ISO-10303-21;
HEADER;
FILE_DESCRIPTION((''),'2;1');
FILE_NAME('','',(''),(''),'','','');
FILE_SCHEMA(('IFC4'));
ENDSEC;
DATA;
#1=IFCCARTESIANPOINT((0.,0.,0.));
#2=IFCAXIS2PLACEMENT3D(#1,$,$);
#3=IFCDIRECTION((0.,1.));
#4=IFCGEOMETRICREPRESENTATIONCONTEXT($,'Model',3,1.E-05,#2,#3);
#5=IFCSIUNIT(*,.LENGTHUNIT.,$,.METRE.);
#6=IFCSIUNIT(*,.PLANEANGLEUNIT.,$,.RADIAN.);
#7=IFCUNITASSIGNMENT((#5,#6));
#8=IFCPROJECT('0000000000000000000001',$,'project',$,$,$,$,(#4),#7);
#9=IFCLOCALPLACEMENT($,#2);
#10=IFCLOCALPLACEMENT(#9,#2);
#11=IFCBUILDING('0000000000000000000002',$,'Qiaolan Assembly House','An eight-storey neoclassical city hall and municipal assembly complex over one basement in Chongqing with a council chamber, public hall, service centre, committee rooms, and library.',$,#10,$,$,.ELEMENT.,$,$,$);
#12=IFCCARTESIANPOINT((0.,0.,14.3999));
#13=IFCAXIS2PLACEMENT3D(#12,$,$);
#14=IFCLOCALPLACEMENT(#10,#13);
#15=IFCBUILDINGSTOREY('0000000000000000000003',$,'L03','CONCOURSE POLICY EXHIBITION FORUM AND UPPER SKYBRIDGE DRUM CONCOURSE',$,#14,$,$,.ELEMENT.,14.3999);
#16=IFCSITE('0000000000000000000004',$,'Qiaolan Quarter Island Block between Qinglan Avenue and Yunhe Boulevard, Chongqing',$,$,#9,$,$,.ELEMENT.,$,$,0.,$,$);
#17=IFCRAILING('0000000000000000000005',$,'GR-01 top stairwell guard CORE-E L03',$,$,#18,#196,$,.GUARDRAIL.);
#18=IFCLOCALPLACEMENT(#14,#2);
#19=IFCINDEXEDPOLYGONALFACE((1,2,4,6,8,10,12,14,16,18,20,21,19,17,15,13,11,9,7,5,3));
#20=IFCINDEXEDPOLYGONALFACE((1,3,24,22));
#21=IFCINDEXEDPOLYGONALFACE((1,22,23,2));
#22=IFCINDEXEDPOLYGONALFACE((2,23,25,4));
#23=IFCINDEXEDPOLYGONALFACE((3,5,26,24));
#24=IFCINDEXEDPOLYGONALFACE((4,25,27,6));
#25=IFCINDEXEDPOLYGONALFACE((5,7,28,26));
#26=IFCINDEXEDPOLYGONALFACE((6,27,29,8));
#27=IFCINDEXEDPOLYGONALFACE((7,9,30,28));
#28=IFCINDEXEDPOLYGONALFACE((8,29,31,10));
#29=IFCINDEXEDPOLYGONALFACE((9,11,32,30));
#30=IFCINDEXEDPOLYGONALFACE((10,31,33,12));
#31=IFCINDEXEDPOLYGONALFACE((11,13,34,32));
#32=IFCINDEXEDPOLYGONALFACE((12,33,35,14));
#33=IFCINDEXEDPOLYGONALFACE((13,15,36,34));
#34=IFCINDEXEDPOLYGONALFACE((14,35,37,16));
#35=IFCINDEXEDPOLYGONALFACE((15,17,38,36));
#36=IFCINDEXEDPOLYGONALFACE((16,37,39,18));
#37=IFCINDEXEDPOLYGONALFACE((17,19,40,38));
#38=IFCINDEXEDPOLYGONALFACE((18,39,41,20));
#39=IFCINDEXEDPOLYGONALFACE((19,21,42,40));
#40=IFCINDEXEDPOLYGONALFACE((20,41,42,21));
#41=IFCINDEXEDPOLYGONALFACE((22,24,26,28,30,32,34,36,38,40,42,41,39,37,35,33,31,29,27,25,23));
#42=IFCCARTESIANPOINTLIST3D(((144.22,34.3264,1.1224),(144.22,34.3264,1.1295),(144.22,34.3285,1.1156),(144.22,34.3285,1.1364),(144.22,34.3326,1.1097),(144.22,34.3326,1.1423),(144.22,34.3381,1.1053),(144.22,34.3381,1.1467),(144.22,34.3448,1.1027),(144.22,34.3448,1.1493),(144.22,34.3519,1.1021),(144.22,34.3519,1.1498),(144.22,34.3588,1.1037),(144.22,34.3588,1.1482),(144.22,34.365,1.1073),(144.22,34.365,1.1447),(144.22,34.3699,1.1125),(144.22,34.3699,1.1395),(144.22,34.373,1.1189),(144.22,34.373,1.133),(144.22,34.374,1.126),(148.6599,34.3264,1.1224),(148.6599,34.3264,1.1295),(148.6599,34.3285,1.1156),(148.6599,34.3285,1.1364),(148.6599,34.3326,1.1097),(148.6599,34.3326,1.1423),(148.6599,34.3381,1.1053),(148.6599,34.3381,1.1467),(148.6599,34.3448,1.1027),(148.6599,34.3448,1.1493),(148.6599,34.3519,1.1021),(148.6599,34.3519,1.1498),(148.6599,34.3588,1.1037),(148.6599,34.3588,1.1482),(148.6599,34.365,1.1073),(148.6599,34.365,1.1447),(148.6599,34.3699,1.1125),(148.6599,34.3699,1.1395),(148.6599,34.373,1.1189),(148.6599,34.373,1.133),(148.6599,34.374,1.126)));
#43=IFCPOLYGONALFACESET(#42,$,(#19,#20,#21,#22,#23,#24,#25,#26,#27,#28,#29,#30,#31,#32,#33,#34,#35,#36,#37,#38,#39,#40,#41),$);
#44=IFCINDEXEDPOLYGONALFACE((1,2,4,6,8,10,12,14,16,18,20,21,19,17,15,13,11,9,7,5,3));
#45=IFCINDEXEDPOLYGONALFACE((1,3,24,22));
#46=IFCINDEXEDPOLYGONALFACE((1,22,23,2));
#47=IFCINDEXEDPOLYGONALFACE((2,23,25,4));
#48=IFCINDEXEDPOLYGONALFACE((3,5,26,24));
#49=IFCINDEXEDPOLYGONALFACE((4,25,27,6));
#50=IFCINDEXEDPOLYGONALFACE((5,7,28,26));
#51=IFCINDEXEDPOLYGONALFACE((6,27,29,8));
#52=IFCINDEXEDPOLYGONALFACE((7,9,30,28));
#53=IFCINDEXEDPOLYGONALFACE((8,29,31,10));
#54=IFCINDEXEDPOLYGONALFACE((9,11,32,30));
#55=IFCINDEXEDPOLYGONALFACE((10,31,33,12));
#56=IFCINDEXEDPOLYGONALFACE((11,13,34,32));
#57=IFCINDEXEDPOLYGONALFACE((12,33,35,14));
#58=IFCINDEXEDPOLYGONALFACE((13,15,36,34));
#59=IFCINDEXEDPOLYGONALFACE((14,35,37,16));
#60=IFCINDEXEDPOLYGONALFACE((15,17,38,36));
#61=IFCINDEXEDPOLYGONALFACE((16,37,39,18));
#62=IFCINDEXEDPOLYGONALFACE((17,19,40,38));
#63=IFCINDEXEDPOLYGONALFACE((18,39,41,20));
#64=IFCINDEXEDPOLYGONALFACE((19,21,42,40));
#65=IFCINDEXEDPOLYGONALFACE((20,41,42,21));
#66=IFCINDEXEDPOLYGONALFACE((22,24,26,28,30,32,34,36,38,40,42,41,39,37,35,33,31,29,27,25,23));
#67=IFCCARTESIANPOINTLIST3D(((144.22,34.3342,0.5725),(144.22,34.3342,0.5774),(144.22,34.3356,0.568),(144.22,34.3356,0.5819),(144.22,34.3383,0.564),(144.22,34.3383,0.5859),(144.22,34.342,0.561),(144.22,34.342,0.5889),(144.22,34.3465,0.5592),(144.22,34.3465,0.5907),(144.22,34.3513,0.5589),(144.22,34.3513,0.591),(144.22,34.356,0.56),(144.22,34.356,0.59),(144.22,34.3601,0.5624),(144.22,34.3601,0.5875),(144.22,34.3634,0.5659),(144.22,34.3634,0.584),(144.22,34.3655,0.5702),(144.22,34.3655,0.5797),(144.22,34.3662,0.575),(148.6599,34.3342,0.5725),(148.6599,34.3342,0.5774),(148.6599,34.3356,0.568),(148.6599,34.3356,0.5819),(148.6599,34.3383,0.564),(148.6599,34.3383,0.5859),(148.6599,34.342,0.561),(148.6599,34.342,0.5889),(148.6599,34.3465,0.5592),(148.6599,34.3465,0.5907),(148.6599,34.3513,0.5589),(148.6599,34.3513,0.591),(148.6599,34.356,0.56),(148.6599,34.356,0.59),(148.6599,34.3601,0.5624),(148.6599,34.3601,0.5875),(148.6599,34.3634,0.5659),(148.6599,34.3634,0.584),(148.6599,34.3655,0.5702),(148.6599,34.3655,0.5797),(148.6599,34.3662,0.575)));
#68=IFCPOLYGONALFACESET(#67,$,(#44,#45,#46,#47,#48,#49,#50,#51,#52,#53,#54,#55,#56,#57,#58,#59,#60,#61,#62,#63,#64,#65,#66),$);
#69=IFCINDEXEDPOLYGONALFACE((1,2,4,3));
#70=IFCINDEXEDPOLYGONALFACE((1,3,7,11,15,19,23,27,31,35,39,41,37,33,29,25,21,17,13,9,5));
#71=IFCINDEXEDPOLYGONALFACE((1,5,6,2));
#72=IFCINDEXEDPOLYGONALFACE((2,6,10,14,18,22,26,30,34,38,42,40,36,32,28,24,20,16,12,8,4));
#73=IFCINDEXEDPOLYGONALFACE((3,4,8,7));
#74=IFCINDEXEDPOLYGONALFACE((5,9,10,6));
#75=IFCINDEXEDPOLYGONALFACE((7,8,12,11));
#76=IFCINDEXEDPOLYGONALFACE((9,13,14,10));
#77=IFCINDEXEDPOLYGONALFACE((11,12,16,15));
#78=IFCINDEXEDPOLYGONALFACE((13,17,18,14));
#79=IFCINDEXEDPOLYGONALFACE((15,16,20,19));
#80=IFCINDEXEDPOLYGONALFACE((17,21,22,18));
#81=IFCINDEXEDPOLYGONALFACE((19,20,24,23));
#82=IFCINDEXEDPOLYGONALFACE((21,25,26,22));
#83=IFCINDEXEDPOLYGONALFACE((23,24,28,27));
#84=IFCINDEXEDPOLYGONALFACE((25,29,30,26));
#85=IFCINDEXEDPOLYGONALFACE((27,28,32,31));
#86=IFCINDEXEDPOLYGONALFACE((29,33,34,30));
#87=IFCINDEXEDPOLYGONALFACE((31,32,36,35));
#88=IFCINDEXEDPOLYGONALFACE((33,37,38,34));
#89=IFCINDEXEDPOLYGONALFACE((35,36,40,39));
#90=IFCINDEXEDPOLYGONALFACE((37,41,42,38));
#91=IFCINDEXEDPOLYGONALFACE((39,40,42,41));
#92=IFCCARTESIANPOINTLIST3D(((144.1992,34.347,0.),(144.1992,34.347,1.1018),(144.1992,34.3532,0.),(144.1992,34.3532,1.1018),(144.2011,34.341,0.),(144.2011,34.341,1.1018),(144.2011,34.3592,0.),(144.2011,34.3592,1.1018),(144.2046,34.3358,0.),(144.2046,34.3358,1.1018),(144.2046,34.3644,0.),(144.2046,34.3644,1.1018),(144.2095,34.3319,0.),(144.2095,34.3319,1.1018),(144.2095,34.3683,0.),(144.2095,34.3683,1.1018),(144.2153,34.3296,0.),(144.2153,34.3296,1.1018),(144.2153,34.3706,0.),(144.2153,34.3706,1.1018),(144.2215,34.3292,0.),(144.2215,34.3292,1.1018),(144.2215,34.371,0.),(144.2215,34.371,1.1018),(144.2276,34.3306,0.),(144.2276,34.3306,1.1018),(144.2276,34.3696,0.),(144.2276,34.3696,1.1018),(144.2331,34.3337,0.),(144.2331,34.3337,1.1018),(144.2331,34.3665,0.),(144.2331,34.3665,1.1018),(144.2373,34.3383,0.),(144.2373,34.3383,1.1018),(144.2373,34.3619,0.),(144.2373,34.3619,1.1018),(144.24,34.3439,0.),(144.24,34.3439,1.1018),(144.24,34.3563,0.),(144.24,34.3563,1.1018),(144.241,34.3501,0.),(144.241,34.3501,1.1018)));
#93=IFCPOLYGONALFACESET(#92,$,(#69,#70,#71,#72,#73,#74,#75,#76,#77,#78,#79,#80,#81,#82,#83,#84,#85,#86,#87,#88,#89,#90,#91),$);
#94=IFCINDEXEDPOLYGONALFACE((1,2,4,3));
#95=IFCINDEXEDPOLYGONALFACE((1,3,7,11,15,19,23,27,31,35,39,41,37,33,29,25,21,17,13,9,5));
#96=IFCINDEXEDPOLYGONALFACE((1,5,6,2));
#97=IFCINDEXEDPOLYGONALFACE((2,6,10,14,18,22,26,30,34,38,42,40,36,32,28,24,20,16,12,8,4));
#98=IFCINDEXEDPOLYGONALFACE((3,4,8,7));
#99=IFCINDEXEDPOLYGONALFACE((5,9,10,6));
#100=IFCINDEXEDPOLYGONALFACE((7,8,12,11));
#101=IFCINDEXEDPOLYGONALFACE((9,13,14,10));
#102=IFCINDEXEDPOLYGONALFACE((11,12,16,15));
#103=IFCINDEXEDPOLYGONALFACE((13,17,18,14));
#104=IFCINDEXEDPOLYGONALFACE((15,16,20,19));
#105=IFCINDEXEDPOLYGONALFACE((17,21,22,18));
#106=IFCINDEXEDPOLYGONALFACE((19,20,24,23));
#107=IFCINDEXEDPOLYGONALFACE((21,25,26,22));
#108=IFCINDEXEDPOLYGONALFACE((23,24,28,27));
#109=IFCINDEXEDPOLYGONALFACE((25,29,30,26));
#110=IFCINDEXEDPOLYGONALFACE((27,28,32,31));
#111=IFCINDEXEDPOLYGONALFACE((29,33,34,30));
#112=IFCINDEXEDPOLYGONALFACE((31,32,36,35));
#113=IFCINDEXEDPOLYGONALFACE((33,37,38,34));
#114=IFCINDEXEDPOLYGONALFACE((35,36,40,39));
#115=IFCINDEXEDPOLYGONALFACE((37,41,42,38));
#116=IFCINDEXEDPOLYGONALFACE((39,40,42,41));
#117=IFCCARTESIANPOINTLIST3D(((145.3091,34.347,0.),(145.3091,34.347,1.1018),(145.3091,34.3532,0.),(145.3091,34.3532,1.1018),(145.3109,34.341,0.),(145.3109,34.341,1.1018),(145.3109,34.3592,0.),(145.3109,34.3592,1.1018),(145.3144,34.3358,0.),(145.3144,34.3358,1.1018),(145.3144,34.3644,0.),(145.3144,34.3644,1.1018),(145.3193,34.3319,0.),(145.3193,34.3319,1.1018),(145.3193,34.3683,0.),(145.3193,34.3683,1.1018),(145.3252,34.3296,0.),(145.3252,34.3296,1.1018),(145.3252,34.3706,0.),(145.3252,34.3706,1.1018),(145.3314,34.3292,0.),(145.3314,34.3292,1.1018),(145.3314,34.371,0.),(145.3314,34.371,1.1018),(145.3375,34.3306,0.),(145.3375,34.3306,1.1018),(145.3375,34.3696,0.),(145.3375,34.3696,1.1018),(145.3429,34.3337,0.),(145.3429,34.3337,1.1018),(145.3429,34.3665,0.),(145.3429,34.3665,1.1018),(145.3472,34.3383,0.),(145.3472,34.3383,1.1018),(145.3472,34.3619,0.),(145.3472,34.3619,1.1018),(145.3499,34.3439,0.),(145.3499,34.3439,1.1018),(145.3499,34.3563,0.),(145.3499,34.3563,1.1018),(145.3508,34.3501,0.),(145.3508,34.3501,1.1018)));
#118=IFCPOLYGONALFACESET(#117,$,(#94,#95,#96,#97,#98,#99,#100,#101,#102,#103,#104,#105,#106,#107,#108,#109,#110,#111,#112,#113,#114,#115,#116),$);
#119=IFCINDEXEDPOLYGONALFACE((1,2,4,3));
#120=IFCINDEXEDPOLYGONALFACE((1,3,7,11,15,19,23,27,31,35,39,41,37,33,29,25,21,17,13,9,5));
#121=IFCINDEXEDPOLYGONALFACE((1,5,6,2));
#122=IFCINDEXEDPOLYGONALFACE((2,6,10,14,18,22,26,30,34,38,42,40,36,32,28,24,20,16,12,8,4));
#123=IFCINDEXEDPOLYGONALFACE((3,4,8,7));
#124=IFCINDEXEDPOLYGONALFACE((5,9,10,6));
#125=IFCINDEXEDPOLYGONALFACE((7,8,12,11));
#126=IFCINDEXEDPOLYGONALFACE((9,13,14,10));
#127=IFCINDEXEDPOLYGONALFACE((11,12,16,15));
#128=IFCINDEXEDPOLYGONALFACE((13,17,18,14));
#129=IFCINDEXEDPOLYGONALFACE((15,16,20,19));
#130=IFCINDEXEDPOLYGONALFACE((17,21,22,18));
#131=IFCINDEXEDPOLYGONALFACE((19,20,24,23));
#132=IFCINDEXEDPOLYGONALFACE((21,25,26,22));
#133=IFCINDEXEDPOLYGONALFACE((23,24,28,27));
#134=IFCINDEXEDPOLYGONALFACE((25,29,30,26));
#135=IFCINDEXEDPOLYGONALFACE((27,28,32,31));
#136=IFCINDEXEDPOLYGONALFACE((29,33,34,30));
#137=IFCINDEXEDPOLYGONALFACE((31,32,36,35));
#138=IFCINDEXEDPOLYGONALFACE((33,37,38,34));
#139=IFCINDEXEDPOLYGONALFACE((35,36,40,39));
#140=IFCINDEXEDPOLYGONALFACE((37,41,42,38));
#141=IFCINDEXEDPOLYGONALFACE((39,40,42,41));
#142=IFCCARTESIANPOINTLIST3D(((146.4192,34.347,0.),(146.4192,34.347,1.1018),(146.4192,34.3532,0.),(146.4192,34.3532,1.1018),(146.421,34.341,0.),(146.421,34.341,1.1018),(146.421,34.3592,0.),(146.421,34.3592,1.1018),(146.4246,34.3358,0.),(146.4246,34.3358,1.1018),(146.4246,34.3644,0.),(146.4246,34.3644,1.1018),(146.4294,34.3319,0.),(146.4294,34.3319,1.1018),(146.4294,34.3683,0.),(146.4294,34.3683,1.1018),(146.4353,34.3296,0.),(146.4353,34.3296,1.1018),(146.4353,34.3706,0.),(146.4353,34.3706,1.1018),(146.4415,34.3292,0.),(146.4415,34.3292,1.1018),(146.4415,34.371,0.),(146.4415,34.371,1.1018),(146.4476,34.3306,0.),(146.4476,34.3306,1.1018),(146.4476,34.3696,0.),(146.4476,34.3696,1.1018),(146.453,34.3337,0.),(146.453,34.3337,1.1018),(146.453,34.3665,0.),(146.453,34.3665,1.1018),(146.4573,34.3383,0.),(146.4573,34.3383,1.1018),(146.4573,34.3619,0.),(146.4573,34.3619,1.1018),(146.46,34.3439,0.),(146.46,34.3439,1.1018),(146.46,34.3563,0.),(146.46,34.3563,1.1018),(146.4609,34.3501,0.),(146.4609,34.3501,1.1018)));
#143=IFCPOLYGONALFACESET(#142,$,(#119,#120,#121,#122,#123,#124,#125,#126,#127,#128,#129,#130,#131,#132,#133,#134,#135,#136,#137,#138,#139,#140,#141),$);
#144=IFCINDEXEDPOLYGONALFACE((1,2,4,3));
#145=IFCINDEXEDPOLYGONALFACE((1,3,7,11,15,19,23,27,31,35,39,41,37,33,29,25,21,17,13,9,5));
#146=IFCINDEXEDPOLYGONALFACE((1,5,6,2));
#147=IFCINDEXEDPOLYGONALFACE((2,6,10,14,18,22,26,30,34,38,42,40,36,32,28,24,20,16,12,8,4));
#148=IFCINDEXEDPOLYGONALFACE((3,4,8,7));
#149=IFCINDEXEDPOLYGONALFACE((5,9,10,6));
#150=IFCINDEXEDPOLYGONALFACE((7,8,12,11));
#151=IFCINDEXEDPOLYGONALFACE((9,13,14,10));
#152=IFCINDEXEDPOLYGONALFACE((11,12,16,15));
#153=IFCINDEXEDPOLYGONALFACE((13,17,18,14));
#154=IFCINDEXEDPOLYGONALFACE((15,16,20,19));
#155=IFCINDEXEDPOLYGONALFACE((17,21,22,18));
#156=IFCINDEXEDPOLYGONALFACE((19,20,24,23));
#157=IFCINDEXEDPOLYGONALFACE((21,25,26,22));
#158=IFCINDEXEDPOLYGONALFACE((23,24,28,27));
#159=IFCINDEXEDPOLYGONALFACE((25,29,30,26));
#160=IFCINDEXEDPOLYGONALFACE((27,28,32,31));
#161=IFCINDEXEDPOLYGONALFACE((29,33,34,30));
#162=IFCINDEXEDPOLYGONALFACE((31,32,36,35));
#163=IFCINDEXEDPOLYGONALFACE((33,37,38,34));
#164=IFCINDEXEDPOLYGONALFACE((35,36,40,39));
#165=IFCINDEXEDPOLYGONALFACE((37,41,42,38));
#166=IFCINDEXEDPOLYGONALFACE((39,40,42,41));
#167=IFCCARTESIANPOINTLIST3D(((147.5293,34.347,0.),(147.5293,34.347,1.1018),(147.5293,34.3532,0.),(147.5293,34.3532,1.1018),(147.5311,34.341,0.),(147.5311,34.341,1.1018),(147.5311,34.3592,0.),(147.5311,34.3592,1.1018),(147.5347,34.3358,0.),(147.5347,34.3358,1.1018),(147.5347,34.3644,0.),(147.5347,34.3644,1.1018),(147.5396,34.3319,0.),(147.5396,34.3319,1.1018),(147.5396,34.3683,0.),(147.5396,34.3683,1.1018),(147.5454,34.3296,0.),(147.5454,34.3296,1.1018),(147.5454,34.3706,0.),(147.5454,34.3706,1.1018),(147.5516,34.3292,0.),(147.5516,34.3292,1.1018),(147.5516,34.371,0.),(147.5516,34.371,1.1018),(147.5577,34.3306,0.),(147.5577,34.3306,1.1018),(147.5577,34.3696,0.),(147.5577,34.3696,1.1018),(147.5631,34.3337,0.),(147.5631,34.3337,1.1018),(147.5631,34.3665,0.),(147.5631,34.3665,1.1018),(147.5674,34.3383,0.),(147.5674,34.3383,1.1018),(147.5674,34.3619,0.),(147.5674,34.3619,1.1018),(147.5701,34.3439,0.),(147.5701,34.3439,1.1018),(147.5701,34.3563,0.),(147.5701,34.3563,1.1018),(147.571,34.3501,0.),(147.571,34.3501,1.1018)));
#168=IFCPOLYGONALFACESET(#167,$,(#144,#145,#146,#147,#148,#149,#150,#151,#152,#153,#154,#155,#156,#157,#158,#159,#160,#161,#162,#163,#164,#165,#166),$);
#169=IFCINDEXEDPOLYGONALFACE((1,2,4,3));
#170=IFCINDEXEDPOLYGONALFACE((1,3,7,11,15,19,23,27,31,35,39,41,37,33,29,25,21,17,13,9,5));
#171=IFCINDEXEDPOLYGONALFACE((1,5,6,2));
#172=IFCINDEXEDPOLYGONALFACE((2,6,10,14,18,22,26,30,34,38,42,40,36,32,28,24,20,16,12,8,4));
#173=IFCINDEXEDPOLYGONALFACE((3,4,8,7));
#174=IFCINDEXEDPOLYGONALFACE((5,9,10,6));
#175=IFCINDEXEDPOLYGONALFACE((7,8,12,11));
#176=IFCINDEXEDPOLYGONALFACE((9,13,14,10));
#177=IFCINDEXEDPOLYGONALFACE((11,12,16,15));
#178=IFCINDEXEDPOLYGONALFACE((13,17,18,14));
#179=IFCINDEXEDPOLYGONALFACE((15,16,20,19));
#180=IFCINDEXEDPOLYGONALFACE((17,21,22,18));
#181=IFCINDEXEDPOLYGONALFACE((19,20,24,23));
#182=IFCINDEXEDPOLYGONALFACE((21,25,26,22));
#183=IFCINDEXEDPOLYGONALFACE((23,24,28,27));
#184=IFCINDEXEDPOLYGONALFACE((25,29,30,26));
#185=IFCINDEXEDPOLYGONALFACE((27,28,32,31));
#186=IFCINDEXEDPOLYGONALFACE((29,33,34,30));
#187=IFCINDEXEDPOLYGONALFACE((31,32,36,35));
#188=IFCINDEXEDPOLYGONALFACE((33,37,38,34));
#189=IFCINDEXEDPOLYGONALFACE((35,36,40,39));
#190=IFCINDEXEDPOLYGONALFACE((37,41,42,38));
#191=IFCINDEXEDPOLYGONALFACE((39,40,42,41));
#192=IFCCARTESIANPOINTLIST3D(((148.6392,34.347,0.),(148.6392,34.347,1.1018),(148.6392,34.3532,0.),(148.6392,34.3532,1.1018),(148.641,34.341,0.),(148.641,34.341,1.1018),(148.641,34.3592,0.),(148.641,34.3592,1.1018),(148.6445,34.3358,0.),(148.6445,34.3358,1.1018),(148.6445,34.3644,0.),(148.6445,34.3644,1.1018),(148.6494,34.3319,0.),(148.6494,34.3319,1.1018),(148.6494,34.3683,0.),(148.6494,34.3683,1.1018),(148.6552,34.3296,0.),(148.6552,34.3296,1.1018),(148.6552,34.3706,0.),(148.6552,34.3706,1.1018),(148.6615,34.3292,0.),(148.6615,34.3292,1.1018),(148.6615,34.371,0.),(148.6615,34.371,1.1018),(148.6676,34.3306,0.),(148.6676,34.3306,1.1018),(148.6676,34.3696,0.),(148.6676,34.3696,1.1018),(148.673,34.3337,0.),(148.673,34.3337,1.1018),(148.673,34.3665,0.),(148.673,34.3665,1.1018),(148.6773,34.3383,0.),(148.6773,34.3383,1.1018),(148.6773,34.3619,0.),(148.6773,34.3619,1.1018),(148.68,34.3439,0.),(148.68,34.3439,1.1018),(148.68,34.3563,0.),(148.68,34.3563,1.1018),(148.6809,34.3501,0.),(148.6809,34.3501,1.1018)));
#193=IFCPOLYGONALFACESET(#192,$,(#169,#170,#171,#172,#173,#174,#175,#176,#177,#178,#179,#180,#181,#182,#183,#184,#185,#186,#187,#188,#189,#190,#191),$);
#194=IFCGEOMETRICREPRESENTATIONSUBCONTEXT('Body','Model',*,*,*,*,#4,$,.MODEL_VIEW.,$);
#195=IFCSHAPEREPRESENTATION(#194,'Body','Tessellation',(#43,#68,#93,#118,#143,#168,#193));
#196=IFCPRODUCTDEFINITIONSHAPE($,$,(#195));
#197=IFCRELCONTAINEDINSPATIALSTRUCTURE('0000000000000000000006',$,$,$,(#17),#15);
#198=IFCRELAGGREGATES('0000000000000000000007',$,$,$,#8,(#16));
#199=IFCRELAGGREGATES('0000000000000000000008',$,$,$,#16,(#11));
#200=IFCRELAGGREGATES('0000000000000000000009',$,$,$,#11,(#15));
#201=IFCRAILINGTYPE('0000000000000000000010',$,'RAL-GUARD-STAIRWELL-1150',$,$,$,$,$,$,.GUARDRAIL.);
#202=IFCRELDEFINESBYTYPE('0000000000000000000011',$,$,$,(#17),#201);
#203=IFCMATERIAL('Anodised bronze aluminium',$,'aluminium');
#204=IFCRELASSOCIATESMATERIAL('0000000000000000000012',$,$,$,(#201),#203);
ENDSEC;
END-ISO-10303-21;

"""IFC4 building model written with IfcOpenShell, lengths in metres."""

from ifc_helpers import new_model, si_unit, direction, frame, origin, origin_2d, place, context, subcontext, project, spatial, circle, extrude, material, type_object, element, save


model = new_model("IFC4")

# Units and contexts
model_context = context("Model", 3, precision=1e-05, world=origin(), true_north=direction((0.0, 1.0)))
body_context = subcontext(model_context, "Body", "Model", "MODEL_VIEW")
ifc_project = project(units=[si_unit("LENGTHUNIT", "METRE"), si_unit("PLANEANGLEUNIT", "RADIAN")], contexts=[model_context])

# Site, building, storey
site_placement = place(None, origin())
site = spatial("IfcSite", under=ifc_project, at=site_placement, Name="Qiaolan Quarter Island Block between Qinglan Avenue and Yunhe Boulevard, Chongqing", CompositionType="ELEMENT", RefElevation=0.0)
building_placement = place(site_placement, origin())
building = spatial("IfcBuilding", under=site, at=building_placement, Name="Qiaolan Assembly House", Description="An eight-storey neoclassical city hall and municipal assembly complex over one basement in Chongqing with a council chamber, public hall, service centre, committee rooms, and library.", CompositionType="ELEMENT")
storey_placement = place(building_placement, frame((0.0, 0.0, 14.3999)))
storey = spatial("IfcBuildingStorey", under=building, at=storey_placement, Name="L03", Description="CONCOURSE POLICY EXHIBITION FORUM AND UPPER SKYBRIDGE DRUM CONCOURSE", CompositionType="ELEMENT", Elevation=14.3999)

# Shared definitions
ifc_material_1 = material(Name="Anodised bronze aluminium", Category="aluminium")

# Railing
railing_type = type_object("IfcRailingType", Name="RAL-GUARD-STAIRWELL-1150", PredefinedType="GUARDRAIL", material=ifc_material_1)
railing_placement = place(storey_placement, frame((144.22, 34.3501, 0.0)))
element("IfcRailing", 1, at=railing_placement, inside=storey, type_object=railing_type, Name="GR-01 top stairwell guard CORE-E L03", PredefinedType="GUARDRAIL", context=body_context, shape_type="SweptSolid", body=[
    extrude(circle(Radius=0.0239, at=origin_2d()), frame((0.0, 0.0, 1.126), z_axis=(1.0, 0.0, 0.0), x_axis=(0.0, 1.0, 0.0)), (0.0, 0.0, 1.0), 4.4399),
    extrude(circle(Radius=0.0161, at=origin_2d()), frame((0.0, 0.0, 0.575), z_axis=(1.0, 0.0, 0.0), x_axis=(0.0, 1.0, 0.0)), (0.0, 0.0, 1.0), 4.4399),
    extrude(circle(Radius=0.021, at=origin_2d()), origin(), (0.0, 0.0, 1.0), 1.1018),
    extrude(circle(Radius=0.021, at=origin_2d()), frame((1.1099, 0.0, 0.0)), (0.0, 0.0, 1.0), 1.1018),
    extrude(circle(Radius=0.021, at=origin_2d()), frame((2.22, 0.0, 0.0)), (0.0, 0.0, 1.0), 1.1018),
    extrude(circle(Radius=0.021, at=origin_2d()), frame((3.3301, 0.0, 0.0)), (0.0, 0.0, 1.0), 1.1018),
    extrude(circle(Radius=0.021, at=origin_2d()), frame((4.4399, 0.0, 0.0)), (0.0, 0.0, 1.0), 1.1018),
])

save(model, "model.ifc")
